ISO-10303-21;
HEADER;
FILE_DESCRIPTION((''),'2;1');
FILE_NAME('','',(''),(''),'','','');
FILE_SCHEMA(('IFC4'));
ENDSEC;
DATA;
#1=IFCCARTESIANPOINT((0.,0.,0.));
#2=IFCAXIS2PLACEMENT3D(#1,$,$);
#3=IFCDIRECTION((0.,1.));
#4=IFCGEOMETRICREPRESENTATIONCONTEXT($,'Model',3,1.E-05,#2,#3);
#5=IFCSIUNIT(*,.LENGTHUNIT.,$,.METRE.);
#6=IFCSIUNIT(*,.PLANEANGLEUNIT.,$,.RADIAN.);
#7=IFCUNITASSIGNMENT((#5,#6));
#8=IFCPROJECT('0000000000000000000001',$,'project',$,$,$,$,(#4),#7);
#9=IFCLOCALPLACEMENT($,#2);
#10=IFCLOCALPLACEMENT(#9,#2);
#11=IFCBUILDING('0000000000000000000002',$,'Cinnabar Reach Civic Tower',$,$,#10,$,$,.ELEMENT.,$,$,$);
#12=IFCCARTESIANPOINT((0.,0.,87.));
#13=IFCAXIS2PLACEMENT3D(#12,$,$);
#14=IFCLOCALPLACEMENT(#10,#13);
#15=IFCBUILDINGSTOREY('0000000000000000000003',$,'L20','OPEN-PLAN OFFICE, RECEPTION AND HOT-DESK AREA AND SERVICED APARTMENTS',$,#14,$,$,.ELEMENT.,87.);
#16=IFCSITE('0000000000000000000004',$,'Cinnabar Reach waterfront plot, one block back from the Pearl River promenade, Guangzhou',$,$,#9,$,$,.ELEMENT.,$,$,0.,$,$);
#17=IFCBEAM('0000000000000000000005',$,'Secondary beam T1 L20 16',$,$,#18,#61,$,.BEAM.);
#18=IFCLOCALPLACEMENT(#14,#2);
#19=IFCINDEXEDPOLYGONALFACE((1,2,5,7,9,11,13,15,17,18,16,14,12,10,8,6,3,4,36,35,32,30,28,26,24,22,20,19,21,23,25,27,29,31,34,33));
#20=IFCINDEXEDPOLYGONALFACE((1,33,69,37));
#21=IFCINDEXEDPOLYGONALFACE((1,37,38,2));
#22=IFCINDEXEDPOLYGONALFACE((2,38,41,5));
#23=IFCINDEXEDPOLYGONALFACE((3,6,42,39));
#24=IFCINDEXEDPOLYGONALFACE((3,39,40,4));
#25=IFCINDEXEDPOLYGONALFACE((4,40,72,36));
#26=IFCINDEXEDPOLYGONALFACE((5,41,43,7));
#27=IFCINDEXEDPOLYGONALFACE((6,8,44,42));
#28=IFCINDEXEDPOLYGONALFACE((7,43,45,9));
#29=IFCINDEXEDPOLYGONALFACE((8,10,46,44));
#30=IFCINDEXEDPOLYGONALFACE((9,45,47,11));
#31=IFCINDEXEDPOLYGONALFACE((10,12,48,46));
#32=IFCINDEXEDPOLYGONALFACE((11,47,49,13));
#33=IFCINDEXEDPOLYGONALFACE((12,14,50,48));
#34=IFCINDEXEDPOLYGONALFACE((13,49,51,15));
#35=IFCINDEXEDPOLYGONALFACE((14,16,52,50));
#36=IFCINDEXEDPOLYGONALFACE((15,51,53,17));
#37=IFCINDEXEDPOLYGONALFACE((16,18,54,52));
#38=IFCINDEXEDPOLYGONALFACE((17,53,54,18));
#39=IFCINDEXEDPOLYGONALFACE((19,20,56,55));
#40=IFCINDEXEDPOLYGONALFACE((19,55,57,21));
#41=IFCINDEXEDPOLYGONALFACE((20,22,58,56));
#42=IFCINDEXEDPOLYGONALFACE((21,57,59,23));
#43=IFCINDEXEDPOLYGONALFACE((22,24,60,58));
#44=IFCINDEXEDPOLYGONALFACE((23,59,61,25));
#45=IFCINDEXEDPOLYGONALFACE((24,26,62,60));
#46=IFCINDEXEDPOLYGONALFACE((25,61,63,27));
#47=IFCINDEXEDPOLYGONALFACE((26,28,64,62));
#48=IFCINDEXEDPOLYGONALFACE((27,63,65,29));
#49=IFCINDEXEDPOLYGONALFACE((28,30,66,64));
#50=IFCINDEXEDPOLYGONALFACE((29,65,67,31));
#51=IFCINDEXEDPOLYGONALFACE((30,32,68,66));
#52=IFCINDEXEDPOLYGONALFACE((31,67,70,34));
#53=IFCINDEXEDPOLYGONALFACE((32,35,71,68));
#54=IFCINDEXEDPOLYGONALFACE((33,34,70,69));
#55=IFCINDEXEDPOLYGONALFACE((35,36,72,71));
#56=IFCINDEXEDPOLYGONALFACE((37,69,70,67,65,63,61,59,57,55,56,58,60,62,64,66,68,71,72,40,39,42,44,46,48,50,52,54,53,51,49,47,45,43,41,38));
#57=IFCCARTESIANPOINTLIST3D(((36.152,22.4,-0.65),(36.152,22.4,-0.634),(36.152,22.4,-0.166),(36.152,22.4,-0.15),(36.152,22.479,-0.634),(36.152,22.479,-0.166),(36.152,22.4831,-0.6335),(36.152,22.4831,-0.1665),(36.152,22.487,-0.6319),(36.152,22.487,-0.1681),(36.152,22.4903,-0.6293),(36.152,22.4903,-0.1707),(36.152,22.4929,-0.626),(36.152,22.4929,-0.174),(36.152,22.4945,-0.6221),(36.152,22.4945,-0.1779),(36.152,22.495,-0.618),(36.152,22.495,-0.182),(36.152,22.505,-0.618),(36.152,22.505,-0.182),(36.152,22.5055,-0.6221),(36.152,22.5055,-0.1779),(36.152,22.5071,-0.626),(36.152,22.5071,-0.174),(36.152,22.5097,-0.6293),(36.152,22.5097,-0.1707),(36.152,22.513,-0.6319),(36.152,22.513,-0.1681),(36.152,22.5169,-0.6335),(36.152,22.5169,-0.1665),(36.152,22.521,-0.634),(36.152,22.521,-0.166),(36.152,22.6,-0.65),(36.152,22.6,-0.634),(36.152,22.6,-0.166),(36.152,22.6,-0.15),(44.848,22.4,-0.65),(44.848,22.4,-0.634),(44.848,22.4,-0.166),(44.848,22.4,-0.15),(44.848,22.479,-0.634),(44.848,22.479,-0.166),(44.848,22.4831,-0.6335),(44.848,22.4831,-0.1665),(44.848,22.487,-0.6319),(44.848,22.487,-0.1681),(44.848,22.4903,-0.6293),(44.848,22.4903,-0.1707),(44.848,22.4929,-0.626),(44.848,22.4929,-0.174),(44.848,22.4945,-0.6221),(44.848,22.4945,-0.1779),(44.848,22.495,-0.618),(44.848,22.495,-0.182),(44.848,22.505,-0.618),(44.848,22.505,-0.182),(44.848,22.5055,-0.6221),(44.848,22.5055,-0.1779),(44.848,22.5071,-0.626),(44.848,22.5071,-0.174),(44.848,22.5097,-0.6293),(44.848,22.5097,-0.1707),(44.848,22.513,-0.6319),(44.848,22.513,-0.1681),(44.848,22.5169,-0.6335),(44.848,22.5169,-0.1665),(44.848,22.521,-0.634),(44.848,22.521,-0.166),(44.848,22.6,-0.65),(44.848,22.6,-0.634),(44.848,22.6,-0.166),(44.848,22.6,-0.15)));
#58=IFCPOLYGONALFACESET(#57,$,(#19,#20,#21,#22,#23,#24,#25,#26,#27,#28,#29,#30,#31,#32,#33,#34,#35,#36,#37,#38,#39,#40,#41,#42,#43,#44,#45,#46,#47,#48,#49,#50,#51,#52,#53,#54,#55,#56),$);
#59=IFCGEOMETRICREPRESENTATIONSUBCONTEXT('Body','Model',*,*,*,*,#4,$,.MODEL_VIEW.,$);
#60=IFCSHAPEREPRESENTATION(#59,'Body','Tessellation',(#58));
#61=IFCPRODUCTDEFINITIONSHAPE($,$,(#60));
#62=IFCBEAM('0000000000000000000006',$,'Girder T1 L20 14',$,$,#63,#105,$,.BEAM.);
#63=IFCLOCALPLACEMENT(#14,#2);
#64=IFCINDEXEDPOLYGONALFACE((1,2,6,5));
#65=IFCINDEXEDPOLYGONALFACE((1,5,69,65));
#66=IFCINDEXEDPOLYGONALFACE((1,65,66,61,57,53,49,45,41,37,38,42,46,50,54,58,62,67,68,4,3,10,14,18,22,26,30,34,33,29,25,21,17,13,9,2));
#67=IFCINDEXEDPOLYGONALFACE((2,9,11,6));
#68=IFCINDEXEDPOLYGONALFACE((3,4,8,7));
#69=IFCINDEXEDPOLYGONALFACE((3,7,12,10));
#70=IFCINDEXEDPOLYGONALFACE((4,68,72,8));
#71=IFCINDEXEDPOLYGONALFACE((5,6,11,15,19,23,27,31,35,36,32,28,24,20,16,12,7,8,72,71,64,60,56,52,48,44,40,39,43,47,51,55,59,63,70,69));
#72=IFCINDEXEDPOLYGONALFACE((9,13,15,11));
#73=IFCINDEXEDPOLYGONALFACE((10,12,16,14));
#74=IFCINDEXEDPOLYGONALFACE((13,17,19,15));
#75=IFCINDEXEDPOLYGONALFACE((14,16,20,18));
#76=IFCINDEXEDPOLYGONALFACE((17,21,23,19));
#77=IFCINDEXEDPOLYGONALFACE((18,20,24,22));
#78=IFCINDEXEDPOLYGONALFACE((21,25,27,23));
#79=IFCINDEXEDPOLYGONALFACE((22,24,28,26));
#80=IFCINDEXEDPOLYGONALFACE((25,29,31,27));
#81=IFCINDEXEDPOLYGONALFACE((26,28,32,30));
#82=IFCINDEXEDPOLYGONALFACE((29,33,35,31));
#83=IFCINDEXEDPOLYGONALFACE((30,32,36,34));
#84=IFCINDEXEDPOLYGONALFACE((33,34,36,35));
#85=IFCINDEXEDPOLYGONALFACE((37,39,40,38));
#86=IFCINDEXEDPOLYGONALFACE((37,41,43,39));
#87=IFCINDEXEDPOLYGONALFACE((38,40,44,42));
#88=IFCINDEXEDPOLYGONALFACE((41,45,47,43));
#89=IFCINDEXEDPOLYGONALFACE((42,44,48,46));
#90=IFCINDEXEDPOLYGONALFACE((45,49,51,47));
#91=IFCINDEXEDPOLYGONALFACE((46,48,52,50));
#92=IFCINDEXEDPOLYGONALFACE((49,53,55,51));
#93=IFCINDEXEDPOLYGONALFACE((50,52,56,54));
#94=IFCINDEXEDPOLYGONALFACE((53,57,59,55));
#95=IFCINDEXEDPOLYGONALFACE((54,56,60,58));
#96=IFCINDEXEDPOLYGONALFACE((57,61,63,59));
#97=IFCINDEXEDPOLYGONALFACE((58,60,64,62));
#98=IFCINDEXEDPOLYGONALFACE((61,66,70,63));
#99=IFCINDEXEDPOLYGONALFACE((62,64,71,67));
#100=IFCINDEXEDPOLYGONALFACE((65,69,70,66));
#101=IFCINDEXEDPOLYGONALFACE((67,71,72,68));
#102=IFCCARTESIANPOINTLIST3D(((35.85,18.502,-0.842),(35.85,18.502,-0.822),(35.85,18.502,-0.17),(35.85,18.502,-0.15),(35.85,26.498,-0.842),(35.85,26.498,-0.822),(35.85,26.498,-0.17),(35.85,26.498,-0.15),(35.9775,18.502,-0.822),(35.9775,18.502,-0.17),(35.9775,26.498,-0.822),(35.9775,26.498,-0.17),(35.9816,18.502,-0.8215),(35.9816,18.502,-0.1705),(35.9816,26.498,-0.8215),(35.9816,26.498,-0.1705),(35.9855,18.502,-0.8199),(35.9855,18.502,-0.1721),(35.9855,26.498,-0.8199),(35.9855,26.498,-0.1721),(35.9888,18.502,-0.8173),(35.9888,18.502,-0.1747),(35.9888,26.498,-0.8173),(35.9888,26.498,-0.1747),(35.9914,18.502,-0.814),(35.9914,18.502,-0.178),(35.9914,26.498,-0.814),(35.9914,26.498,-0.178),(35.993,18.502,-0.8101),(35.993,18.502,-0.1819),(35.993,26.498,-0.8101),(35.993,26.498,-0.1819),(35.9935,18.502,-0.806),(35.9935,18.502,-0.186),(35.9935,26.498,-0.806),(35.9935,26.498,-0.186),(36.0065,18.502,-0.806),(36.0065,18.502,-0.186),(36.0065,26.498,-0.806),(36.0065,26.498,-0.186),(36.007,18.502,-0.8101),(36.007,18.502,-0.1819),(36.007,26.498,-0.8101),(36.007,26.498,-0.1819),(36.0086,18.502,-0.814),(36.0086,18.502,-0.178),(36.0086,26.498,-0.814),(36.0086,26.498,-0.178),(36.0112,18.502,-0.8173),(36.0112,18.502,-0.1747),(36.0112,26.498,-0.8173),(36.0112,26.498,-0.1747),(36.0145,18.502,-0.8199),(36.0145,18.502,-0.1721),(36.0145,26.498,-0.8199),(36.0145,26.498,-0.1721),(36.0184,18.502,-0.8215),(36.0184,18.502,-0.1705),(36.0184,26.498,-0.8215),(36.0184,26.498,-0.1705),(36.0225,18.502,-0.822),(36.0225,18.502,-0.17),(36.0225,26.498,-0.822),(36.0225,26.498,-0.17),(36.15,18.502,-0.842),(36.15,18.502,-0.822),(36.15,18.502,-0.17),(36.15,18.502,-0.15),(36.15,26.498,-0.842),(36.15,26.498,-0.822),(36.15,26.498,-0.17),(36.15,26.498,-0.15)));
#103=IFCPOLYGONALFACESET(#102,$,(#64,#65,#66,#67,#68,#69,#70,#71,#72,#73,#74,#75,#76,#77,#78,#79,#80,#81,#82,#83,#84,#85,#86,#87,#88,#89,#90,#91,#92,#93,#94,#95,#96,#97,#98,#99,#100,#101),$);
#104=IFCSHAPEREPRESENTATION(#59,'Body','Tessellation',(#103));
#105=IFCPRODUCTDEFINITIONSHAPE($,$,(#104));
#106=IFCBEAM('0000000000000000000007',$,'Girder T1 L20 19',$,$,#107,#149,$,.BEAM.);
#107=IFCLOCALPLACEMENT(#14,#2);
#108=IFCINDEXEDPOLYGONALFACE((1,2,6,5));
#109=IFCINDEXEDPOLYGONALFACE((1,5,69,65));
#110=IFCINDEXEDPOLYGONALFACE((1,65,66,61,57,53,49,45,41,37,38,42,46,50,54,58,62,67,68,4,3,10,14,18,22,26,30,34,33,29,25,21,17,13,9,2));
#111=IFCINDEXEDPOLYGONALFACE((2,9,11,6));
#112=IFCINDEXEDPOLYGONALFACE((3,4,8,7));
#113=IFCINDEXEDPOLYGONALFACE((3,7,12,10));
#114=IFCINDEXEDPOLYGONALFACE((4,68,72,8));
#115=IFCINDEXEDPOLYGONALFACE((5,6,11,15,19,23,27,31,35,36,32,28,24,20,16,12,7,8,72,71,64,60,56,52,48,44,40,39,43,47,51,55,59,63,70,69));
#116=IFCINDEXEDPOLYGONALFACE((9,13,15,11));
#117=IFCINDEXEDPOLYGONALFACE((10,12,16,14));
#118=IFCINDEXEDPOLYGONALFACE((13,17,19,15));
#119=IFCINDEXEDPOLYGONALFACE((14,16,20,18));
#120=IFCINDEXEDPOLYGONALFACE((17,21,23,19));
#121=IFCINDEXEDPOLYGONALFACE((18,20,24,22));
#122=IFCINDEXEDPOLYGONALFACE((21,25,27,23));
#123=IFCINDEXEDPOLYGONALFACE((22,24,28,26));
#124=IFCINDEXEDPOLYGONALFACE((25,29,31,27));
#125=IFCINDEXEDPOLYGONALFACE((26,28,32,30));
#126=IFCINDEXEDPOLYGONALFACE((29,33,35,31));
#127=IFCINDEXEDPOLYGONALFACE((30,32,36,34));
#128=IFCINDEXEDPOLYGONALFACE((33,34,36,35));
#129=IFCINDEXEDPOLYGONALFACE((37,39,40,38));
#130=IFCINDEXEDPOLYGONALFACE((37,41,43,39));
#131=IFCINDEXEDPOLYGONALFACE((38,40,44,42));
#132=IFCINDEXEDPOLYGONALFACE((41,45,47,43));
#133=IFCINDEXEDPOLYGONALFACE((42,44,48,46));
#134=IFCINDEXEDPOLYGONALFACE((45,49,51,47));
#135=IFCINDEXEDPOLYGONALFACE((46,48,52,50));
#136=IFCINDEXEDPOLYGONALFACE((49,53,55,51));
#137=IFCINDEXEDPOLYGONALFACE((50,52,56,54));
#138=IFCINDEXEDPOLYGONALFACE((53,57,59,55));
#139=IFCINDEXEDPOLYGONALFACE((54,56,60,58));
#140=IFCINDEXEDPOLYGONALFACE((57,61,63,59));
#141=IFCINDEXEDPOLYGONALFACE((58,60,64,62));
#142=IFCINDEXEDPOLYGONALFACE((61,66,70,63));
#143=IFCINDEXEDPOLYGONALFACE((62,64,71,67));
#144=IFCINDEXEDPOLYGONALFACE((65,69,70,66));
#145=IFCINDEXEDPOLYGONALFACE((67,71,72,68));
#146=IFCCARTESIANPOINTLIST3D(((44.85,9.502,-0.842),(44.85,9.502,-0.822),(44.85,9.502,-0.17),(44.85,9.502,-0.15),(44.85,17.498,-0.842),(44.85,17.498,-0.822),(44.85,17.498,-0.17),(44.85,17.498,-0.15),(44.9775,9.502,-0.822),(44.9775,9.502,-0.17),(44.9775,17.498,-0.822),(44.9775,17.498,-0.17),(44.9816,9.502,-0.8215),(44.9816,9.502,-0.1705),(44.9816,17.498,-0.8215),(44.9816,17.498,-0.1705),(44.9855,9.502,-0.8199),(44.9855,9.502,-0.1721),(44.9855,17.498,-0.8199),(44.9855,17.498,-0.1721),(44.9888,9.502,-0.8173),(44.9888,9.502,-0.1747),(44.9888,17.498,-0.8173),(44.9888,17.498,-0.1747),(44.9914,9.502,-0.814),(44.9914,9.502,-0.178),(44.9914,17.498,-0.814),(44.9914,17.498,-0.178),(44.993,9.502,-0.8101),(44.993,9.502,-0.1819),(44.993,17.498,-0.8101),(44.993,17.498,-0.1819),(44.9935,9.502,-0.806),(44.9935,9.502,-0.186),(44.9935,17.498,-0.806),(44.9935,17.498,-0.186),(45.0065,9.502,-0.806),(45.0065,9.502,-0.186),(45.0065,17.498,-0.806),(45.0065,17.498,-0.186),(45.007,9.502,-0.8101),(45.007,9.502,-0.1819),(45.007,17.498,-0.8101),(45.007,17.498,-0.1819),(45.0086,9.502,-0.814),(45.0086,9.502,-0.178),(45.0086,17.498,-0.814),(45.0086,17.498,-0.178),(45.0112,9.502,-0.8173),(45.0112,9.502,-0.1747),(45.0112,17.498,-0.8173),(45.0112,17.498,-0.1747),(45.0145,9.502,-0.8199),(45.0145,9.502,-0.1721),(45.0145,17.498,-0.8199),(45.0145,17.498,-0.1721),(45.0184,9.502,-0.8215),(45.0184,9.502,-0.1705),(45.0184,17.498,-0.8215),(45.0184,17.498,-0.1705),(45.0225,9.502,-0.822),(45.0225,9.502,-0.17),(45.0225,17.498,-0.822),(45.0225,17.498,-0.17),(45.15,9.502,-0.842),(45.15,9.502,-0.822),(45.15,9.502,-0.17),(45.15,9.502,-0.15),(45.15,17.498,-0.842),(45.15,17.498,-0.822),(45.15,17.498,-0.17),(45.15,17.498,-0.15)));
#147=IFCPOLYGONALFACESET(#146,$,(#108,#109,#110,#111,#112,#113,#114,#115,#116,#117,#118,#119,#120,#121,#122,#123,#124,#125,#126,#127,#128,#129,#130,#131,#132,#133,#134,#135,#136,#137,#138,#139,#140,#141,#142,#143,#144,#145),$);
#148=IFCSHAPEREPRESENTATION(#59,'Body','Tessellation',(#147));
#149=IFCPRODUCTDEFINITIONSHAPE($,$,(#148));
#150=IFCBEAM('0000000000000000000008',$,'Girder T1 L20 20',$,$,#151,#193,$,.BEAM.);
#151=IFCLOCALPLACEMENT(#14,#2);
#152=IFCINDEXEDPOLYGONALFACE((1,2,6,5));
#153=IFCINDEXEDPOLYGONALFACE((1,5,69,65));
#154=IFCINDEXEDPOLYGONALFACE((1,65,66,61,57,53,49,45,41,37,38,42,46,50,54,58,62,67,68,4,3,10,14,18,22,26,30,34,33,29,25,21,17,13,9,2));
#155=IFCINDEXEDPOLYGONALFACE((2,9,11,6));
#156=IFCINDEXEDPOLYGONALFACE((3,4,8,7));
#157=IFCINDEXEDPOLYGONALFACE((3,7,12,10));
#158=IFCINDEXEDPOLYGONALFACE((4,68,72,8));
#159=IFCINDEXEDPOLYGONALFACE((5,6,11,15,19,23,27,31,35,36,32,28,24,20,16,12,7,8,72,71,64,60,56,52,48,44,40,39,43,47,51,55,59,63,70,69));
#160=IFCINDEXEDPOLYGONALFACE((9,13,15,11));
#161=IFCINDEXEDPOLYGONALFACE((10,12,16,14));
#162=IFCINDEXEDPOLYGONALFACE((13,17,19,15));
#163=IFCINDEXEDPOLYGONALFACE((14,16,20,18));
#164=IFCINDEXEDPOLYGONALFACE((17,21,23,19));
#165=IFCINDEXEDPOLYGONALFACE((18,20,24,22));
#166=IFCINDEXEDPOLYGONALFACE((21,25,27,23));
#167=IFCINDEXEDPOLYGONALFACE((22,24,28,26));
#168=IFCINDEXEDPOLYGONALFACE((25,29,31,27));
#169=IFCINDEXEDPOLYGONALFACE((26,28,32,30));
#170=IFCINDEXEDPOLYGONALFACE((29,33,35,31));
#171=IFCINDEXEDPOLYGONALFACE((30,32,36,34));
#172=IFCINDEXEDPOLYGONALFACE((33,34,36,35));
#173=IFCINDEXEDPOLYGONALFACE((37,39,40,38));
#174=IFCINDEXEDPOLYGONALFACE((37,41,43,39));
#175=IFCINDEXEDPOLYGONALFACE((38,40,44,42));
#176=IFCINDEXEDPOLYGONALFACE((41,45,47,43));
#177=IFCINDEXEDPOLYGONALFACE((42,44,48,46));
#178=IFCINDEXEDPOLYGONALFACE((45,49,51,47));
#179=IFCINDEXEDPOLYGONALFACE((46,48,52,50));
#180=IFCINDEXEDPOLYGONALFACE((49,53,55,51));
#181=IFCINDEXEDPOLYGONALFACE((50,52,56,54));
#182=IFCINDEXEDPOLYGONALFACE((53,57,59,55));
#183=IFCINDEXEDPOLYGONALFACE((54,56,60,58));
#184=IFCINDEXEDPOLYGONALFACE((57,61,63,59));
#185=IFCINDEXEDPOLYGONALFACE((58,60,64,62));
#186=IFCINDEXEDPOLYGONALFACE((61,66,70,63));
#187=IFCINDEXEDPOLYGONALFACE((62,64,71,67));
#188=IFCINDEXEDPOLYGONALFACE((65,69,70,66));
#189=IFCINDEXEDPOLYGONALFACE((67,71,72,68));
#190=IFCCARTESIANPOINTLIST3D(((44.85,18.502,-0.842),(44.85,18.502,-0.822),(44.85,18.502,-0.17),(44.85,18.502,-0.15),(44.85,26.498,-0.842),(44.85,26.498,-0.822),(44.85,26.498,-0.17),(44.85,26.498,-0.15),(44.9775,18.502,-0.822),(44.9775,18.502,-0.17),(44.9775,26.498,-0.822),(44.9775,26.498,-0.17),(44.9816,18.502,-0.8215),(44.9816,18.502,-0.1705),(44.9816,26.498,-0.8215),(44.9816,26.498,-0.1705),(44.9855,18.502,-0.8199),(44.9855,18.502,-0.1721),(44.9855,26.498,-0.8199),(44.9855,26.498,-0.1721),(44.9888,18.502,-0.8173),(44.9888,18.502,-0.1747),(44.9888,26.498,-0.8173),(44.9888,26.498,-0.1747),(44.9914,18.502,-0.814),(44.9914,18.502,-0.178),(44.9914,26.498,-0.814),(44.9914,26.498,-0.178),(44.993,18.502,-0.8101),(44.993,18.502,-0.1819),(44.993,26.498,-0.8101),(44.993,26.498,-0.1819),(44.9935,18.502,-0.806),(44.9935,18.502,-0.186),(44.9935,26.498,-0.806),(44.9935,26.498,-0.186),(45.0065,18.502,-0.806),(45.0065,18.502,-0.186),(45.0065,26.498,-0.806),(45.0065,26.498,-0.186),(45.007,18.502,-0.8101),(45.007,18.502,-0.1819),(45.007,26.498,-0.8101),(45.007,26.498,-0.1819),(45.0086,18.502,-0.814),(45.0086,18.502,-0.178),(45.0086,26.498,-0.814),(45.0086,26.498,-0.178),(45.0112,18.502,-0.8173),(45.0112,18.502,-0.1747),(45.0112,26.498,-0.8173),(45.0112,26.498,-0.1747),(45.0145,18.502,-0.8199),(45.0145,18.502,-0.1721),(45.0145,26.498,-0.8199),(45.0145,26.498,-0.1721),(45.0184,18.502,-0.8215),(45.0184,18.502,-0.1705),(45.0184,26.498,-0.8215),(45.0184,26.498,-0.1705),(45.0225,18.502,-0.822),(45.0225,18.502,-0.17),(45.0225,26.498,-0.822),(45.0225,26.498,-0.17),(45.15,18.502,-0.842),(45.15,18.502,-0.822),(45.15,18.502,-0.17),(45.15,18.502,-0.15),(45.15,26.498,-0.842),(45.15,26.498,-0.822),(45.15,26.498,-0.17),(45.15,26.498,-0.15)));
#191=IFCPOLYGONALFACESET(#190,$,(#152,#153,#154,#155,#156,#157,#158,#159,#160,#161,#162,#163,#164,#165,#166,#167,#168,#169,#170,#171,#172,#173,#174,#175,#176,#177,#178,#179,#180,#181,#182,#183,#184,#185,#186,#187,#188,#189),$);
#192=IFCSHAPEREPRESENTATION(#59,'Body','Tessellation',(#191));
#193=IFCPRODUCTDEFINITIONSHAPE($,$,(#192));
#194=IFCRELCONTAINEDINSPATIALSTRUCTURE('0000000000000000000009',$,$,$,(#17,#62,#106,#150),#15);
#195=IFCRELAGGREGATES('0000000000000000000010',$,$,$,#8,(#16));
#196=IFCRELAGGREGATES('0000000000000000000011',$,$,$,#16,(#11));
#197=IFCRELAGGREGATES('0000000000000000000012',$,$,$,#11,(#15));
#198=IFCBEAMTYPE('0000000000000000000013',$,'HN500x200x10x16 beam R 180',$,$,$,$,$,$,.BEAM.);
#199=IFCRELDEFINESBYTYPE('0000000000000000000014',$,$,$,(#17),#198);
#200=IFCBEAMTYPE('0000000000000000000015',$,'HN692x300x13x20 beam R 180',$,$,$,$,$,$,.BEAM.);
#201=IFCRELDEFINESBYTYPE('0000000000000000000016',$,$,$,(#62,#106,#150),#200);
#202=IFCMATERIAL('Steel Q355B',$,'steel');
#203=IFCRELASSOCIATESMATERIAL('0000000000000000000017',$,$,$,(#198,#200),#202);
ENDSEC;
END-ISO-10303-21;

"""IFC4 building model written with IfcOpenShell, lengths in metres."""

from ifc_helpers import new_model, si_unit, direction, frame, origin, origin_2d, place, context, subcontext, project, spatial, i_section, extrude, material, material_profile, profile_set, type_object, element, save


model = new_model("IFC4")

# Units and contexts
model_context = context("Model", 3, precision=1e-05, world=origin(), true_north=direction((0.0, 1.0)))
body_context = subcontext(model_context, "Body", "Model", "MODEL_VIEW")
ifc_project = project(units=[si_unit("LENGTHUNIT", "METRE"), si_unit("PLANEANGLEUNIT", "RADIAN")], contexts=[model_context])

# Site, building, storey
site_placement = place(None, origin())
site = spatial("IfcSite", under=ifc_project, at=site_placement, Name="Cinnabar Reach waterfront plot, one block back from the Pearl River promenade, Guangzhou", CompositionType="ELEMENT", RefElevation=0.0)
building_placement = place(site_placement, origin())
building = spatial("IfcBuilding", under=site, at=building_placement, Name="Cinnabar Reach Civic Tower", CompositionType="ELEMENT")
storey_placement = place(building_placement, frame((0.0, 0.0, 87.0)))
storey = spatial("IfcBuildingStorey", under=building, at=storey_placement, Name="L20", Description="OPEN-PLAN OFFICE, RECEPTION AND HOT-DESK AREA AND SERVICED APARTMENTS", CompositionType="ELEMENT", Elevation=87.0)

# Beams
ifc_material_1 = material(Name="Steel Q355B", Category="steel")
ifc_material_profile_1 = material_profile(ifc_material_1, i_section(OverallWidth=0.2, OverallDepth=0.5, WebThickness=0.01, FlangeThickness=0.016, FilletRadius=0.016, at=origin_2d()), Name="HN500x200x10x16")
ifc_profile_set_1 = profile_set([ifc_material_profile_1], Name="Steel Q355B")
beam_type_1 = type_object("IfcBeamType", Name="HN500x200x10x16 beam R 180", PredefinedType="BEAM", material=ifc_profile_set_1)
for number, where, z_axis, x_axis, name in (
    (1, (36.152, 22.5, -0.4), (1.0, 0.0, 0.0), (0.0, 1.0, 0.0), "Secondary beam T1 L20 16"),
):
    element("IfcBeam", number, at=place(storey_placement, frame(where, z_axis=z_axis, x_axis=x_axis)), inside=storey, type_object=beam_type_1, Name=name, PredefinedType="BEAM", context=body_context, shape_type="SweptSolid", body=[
        extrude(i_section(OverallWidth=0.2, OverallDepth=0.5, WebThickness=0.01, FlangeThickness=0.016, FilletRadius=0.016, at=origin_2d()), origin(), (0.0, 0.0, 1.0), 8.696),
    ])
ifc_material_profile_2 = material_profile(ifc_material_1, i_section(OverallWidth=0.3, OverallDepth=0.692, WebThickness=0.013, FlangeThickness=0.02, FilletRadius=0.016, at=origin_2d()), Name="HN692x300x13x20")
ifc_profile_set_2 = profile_set([ifc_material_profile_2], Name="Steel Q355B")
beam_type_2 = type_object("IfcBeamType", Name="HN692x300x13x20 beam R 180", PredefinedType="BEAM", material=ifc_profile_set_2)
for number, where, z_axis, x_axis, name in (
    (2, (36.0, 18.502, -0.496), (0.0, 1.0, 0.0), (-1.0, 0.0, 0.0), "Girder T1 L20 14"),
    (3, (45.0, 9.502, -0.496), (0.0, 1.0, 0.0), (-1.0, 0.0, 0.0), "Girder T1 L20 19"),
    (4, (45.0, 18.502, -0.496), (0.0, 1.0, 0.0), (-1.0, 0.0, 0.0), "Girder T1 L20 20"),
):
    element("IfcBeam", number, at=place(storey_placement, frame(where, z_axis=z_axis, x_axis=x_axis)), inside=storey, type_object=beam_type_2, Name=name, PredefinedType="BEAM", context=body_context, shape_type="SweptSolid", body=[
        extrude(i_section(OverallWidth=0.3, OverallDepth=0.692, WebThickness=0.013, FlangeThickness=0.02, FilletRadius=0.016, at=origin_2d()), origin(), (0.0, 0.0, 1.0), 7.996),
    ])

save(model, "model.ifc")
